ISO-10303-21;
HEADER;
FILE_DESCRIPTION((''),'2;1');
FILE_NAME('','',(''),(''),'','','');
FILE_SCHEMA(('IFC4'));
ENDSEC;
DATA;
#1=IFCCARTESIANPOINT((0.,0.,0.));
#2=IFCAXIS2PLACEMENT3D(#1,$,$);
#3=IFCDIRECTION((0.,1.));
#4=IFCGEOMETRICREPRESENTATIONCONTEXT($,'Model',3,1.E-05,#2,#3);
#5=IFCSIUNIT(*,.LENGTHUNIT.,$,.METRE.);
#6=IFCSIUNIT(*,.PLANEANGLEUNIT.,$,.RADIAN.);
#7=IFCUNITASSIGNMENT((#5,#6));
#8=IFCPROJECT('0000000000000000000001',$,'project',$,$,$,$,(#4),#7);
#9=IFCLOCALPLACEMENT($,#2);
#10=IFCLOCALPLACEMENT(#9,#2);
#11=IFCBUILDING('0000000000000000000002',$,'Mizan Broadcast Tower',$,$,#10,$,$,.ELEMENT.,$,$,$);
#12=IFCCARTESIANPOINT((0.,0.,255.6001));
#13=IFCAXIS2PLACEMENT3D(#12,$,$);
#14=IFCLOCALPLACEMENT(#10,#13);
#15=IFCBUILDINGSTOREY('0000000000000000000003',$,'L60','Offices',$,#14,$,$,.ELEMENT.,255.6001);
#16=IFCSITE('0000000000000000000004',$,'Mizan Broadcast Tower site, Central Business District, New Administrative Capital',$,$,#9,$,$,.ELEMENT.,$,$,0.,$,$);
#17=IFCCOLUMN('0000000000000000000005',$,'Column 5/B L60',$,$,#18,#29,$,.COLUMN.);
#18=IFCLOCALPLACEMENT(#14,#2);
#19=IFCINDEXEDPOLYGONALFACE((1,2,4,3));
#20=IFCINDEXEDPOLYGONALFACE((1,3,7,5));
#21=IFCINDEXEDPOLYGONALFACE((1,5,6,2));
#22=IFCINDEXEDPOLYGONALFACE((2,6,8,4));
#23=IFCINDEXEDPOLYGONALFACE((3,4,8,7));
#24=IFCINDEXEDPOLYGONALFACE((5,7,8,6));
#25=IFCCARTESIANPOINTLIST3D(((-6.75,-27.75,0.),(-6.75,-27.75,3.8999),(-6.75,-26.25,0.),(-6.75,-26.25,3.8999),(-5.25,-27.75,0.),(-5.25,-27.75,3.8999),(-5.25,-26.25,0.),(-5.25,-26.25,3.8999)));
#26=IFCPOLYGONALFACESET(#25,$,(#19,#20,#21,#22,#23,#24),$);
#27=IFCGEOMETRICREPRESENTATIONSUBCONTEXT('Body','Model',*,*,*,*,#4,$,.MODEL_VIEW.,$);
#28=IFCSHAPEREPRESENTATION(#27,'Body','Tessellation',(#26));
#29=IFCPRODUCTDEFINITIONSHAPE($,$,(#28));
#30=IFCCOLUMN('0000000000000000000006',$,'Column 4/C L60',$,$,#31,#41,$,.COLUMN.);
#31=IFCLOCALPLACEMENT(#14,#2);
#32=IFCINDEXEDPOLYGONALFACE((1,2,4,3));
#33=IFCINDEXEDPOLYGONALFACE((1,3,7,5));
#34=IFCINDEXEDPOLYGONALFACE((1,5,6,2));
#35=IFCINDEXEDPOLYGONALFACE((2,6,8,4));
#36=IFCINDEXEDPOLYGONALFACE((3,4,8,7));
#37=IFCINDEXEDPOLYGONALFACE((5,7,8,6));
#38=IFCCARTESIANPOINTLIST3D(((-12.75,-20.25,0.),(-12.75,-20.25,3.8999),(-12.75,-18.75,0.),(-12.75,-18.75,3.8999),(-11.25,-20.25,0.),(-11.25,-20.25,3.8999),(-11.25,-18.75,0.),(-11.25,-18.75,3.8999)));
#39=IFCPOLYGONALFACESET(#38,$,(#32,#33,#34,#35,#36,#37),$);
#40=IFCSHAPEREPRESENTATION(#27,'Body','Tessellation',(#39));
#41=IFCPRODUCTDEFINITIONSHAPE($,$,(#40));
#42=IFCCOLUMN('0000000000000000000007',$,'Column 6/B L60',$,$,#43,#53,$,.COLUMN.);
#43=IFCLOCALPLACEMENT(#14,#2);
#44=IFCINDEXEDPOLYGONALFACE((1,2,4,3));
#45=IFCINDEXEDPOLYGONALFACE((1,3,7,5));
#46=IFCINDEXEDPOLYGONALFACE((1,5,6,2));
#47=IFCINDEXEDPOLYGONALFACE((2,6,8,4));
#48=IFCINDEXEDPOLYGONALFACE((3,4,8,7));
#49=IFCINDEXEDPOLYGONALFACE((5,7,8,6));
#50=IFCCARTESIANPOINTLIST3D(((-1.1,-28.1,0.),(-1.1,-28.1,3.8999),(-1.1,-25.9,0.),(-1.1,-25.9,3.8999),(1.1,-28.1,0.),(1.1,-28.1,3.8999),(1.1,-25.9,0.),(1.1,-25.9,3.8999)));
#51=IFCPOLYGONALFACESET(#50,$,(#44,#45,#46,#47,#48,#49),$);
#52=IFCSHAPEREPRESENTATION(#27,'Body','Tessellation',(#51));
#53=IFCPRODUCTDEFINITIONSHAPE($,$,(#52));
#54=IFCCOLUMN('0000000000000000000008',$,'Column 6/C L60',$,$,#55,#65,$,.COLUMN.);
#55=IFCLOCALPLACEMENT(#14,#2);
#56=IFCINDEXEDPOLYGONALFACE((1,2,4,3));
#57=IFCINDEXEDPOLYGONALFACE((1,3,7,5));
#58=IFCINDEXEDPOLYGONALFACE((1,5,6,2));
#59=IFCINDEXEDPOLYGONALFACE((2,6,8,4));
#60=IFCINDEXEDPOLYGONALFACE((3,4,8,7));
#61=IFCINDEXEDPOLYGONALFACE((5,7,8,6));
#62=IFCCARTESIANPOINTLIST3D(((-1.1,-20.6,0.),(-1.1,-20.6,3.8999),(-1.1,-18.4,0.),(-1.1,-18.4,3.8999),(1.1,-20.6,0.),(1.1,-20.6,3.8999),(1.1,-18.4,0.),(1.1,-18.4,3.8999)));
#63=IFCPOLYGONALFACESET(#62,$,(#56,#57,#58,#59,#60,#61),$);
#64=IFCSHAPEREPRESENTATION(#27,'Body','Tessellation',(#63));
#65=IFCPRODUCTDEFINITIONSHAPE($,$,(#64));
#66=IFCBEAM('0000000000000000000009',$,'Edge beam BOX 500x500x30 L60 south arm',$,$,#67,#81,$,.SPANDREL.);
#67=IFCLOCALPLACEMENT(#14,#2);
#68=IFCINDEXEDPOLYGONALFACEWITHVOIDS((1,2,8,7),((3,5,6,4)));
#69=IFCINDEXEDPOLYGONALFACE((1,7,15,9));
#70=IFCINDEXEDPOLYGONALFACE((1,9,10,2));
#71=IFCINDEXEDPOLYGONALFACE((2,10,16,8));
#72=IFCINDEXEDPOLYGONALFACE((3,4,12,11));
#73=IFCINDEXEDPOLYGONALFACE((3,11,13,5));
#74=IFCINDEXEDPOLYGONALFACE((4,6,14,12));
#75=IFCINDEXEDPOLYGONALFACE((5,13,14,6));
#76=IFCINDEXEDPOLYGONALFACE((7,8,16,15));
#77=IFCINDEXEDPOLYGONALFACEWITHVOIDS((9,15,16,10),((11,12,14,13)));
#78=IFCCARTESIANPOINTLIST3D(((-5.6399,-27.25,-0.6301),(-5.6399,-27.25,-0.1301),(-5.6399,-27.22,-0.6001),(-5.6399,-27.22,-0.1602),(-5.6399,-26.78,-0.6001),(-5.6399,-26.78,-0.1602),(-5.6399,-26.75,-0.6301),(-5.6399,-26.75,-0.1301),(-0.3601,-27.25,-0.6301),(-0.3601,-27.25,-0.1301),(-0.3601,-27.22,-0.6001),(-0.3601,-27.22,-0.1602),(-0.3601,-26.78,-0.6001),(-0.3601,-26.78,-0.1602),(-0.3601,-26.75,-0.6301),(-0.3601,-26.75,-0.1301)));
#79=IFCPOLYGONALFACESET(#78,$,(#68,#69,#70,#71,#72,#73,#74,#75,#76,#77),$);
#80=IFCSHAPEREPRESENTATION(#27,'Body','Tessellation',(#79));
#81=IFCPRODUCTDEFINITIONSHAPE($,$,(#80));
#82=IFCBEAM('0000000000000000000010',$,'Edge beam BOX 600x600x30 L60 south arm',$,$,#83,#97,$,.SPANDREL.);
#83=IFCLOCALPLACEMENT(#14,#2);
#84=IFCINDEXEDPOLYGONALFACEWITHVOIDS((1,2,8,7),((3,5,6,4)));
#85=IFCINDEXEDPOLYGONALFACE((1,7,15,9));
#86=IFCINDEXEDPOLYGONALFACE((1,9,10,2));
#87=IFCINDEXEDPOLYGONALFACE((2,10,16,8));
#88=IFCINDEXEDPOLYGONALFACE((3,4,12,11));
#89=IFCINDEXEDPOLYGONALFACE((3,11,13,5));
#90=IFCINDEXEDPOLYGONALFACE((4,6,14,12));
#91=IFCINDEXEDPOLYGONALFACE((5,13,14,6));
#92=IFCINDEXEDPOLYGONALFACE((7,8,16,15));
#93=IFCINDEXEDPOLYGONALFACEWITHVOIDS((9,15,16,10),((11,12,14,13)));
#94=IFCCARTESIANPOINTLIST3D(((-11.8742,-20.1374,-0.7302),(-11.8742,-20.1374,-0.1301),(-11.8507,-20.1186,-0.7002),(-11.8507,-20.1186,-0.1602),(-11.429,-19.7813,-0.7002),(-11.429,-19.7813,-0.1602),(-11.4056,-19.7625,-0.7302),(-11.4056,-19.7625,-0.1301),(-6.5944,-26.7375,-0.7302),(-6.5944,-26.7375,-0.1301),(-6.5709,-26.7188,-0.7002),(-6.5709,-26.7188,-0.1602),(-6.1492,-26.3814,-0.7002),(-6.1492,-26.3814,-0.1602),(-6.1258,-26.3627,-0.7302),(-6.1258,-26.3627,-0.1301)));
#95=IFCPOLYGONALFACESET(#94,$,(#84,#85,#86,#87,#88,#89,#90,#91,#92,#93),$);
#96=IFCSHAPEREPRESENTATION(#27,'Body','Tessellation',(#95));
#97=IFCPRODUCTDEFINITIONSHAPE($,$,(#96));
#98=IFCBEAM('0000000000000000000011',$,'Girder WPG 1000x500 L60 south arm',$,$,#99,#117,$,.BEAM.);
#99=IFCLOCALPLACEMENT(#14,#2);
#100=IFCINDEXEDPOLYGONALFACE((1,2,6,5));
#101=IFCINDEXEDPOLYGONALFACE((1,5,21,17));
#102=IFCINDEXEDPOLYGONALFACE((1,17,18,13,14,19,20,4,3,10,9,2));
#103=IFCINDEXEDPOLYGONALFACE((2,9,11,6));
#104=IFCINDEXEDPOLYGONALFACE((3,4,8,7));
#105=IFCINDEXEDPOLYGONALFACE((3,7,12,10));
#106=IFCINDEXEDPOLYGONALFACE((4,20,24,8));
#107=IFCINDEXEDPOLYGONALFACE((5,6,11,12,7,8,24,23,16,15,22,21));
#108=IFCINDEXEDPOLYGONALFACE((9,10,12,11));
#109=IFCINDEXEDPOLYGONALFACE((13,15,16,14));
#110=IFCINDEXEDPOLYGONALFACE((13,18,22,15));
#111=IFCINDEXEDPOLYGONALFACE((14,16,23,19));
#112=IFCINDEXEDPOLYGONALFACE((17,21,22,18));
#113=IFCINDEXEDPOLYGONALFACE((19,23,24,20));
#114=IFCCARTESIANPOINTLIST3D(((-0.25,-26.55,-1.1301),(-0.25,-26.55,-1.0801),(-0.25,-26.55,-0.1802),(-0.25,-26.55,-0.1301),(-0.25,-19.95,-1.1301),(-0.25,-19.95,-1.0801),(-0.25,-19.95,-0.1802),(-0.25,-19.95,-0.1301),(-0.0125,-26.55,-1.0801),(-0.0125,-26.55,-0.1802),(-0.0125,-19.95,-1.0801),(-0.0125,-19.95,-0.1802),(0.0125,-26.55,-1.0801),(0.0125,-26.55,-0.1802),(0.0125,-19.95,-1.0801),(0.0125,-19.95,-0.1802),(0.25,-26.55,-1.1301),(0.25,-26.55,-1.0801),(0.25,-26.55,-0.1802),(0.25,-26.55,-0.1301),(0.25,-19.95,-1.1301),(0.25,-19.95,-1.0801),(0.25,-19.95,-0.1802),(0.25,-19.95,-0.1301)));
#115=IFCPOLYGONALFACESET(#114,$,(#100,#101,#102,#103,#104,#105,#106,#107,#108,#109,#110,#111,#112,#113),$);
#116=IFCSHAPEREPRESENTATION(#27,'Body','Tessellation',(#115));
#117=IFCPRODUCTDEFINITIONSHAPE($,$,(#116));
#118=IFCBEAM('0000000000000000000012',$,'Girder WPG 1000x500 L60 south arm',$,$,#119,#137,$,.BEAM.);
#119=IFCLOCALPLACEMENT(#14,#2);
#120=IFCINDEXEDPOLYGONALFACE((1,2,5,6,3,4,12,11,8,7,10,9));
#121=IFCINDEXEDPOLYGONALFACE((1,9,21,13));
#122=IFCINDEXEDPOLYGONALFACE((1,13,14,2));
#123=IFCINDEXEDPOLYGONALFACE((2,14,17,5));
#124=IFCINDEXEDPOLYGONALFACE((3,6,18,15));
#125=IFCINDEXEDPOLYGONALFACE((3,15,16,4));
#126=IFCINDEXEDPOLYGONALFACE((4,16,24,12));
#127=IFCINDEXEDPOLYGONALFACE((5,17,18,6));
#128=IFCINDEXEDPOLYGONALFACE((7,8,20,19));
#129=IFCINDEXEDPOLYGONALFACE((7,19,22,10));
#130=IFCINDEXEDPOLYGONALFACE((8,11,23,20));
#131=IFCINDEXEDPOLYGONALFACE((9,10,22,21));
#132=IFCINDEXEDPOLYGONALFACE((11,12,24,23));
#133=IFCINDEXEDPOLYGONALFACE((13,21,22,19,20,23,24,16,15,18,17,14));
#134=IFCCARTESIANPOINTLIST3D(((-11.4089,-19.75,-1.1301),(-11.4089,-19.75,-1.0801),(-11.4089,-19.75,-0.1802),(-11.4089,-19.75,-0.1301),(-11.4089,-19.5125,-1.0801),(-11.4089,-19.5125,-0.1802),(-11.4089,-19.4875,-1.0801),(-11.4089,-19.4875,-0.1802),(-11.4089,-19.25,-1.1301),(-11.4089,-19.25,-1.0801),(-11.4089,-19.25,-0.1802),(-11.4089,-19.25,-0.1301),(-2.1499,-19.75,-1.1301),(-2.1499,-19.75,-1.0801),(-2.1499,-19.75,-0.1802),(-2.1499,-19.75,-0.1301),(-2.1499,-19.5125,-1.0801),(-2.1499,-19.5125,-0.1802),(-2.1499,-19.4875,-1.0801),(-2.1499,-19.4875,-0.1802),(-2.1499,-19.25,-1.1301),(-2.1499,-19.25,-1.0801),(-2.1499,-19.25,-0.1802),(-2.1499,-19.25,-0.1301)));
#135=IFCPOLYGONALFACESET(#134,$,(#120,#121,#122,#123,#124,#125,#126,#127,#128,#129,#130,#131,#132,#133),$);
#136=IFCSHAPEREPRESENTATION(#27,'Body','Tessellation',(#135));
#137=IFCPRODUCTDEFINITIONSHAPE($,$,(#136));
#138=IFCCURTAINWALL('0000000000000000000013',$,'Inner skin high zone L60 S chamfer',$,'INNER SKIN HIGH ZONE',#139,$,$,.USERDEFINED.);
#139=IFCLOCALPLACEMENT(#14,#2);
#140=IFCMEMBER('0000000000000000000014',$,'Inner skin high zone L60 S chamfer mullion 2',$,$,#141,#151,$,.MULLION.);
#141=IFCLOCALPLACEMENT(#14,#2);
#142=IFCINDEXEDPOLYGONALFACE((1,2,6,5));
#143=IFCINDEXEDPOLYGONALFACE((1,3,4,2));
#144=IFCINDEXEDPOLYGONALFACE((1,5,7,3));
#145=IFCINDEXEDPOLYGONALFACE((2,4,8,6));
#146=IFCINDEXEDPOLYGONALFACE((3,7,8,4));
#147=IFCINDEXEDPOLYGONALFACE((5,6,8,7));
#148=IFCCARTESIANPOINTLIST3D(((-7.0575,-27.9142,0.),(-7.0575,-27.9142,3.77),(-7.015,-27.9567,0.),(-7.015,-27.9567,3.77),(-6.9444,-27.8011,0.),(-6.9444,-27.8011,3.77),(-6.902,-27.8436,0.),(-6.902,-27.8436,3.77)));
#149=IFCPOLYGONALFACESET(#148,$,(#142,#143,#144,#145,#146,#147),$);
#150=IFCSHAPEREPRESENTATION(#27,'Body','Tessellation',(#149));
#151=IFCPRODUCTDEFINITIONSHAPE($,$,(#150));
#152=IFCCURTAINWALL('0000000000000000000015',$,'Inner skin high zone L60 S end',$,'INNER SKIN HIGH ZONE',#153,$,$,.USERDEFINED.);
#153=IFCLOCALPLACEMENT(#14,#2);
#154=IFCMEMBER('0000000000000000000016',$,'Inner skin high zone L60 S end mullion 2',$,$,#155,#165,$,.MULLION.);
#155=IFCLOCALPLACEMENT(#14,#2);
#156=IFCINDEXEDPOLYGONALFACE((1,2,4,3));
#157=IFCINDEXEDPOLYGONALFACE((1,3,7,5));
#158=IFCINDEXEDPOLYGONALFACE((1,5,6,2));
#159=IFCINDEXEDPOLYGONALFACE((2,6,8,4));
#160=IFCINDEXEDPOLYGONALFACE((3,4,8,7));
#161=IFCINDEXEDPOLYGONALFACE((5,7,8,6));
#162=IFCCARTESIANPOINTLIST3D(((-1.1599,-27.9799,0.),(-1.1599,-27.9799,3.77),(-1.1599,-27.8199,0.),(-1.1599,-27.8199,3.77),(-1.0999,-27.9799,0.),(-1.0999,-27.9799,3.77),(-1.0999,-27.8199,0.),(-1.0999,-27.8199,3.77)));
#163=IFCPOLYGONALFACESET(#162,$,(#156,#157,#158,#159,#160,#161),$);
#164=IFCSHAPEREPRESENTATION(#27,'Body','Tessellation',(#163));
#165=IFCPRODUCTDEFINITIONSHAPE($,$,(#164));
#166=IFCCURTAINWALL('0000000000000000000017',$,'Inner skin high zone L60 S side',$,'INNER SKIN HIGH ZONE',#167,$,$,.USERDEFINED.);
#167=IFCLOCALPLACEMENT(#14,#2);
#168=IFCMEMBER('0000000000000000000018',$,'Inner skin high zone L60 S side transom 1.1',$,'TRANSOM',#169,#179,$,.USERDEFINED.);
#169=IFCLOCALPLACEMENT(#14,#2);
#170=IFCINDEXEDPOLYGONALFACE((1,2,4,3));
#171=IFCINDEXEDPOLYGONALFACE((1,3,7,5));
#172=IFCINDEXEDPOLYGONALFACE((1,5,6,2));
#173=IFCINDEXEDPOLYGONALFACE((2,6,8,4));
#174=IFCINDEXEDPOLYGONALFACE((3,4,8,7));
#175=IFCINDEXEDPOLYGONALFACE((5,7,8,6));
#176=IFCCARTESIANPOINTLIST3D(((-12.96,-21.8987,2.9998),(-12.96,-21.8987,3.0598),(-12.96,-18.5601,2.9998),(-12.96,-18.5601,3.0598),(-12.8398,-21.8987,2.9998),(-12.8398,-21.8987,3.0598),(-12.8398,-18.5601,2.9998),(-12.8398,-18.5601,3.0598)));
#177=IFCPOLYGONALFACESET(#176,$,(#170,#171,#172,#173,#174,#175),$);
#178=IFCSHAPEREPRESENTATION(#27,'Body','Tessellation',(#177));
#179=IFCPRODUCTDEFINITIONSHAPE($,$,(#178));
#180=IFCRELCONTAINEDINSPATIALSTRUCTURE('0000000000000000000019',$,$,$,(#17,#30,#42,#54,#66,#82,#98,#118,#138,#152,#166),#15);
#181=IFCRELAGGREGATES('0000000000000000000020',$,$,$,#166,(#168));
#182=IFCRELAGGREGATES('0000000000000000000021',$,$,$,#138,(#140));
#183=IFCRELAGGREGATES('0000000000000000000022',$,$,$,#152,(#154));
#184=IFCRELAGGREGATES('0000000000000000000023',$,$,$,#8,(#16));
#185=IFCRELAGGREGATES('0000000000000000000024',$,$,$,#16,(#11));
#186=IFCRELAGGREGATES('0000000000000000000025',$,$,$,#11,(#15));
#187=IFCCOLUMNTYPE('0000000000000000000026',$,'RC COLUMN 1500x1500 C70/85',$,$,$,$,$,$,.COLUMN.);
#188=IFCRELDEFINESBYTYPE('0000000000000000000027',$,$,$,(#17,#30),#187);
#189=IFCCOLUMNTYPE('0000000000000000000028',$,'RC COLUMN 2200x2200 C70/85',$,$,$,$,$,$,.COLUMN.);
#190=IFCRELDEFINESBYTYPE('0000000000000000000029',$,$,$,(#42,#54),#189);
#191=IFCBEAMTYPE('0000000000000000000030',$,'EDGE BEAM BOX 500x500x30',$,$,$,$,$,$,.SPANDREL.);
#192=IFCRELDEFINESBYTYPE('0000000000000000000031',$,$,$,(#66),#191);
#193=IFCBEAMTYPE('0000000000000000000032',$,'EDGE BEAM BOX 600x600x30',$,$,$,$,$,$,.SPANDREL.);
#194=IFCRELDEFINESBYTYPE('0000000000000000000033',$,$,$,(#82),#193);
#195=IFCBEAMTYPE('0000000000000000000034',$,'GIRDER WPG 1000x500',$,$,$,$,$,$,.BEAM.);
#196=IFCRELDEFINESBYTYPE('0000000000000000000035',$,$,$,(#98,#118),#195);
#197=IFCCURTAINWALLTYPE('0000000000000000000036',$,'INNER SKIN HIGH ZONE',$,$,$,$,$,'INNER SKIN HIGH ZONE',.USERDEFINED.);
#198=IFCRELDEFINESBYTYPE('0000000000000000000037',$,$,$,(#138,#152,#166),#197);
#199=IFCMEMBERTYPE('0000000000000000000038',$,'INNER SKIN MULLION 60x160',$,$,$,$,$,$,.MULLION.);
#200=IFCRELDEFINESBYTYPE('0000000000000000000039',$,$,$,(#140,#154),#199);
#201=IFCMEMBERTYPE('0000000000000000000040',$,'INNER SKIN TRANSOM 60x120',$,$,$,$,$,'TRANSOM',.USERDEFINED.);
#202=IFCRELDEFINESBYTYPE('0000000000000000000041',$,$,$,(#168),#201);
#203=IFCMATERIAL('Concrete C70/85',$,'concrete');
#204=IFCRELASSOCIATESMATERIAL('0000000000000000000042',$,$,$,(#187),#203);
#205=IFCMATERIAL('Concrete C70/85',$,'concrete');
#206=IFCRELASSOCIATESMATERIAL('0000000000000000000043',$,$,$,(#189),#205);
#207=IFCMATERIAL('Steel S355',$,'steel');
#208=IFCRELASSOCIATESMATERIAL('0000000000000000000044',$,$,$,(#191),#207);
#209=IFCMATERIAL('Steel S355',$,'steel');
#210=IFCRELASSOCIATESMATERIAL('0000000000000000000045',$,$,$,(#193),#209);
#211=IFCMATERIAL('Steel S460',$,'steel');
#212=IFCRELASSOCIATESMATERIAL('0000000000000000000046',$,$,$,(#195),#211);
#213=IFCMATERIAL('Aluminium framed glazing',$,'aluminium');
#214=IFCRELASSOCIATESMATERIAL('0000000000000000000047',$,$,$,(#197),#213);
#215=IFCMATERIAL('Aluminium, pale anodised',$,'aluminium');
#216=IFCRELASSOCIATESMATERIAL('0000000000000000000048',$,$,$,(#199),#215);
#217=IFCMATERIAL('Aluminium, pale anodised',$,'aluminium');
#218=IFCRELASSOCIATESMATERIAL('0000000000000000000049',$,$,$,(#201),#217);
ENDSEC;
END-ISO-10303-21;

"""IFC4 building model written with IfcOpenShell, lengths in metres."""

from ifc_helpers import new_model, si_unit, direction, frame, origin, origin_2d, place, context, subcontext, project, spatial, rectangle, hollow_rectangle, i_section, extrude, material, material_profile, profile_set, type_object, element, aggregate, save


model = new_model("IFC4")

# Units and contexts
model_context = context("Model", 3, precision=1e-05, world=origin(), true_north=direction((0.0, 1.0)))
body_context = subcontext(model_context, "Body", "Model", "MODEL_VIEW")
ifc_project = project(units=[si_unit("LENGTHUNIT", "METRE"), si_unit("PLANEANGLEUNIT", "RADIAN")], contexts=[model_context])

# Site, building, storey
site_placement = place(None, origin())
site = spatial("IfcSite", under=ifc_project, at=site_placement, Name="Mizan Broadcast Tower site, Central Business District, New Administrative Capital", CompositionType="ELEMENT", RefElevation=0.0)
building_placement = place(site_placement, origin())
building = spatial("IfcBuilding", under=site, at=building_placement, Name="Mizan Broadcast Tower", CompositionType="ELEMENT")
storey_placement = place(building_placement, frame((0.0, 0.0, 255.6001)))
storey = spatial("IfcBuildingStorey", under=building, at=storey_placement, Name="L60", Description="Offices", CompositionType="ELEMENT", Elevation=255.6001)

# Columns
ifc_material_1 = material(Name="Concrete C70/85", Category="concrete")
ifc_material_profile_1 = material_profile(ifc_material_1, rectangle(XDim=1.5, YDim=1.5, at=origin_2d()), Name="RC 1500x1500")
ifc_profile_set_1 = profile_set([ifc_material_profile_1], Name="Concrete C70/85")
column_type_1 = type_object("IfcColumnType", Name="RC COLUMN 1500x1500 C70/85", PredefinedType="COLUMN", material=ifc_profile_set_1)
for number, where, z_axis, x_axis, name in (
    (1, (-6.0, -27.0, 0.0), (0.0, 0.0, 1.0), (1.0, 0.0, 0.0), "Column 5/B L60"),
    (2, (-12.0, -19.5, 0.0), (0.0, 0.0, 1.0), (1.0, 0.0, 0.0), "Column 4/C L60"),
):
    element("IfcColumn", number, at=place(storey_placement, frame(where, z_axis=z_axis, x_axis=x_axis)), inside=storey, type_object=column_type_1, Name=name, PredefinedType="COLUMN", context=body_context, shape_type="SweptSolid", body=[
        extrude(rectangle(XDim=1.5, YDim=1.5, at=origin_2d()), origin(), (0.0, 0.0, 1.0), 3.8999),
    ])
ifc_material_2 = material(Name="Concrete C70/85", Category="concrete")
ifc_material_profile_2 = material_profile(ifc_material_2, rectangle(XDim=2.2, YDim=2.2, at=origin_2d()), Name="RC 2200x2200")
ifc_profile_set_2 = profile_set([ifc_material_profile_2], Name="Concrete C70/85")
column_type_2 = type_object("IfcColumnType", Name="RC COLUMN 2200x2200 C70/85", PredefinedType="COLUMN", material=ifc_profile_set_2)
for number, where, z_axis, x_axis, name in (
    (3, (0.0, -27.0, 0.0), (0.0, 0.0, 1.0), (1.0, 0.0, 0.0), "Column 6/B L60"),
    (4, (0.0, -19.5, 0.0), (0.0, 0.0, 1.0), (1.0, 0.0, 0.0), "Column 6/C L60"),
):
    element("IfcColumn", number, at=place(storey_placement, frame(where, z_axis=z_axis, x_axis=x_axis)), inside=storey, type_object=column_type_2, Name=name, PredefinedType="COLUMN", context=body_context, shape_type="SweptSolid", body=[
        extrude(rectangle(XDim=2.2, YDim=2.2, at=origin_2d()), origin(), (0.0, 0.0, 1.0), 3.8999),
    ])

# Beams
ifc_material_3 = material(Name="Steel S355", Category="steel")
ifc_material_profile_3 = material_profile(ifc_material_3, hollow_rectangle(XDim=0.5, YDim=0.5, WallThickness=0.03, at=origin_2d()), Name="BOX 500x500x30")
ifc_profile_set_3 = profile_set([ifc_material_profile_3], Name="Steel S355")
beam_type_1 = type_object("IfcBeamType", Name="EDGE BEAM BOX 500x500x30", PredefinedType="SPANDREL", material=ifc_profile_set_3)
beam_1_placement = place(storey_placement, frame((-5.6399, -27.0, -0.3801), z_axis=(1.0, 0.0, 0.0), x_axis=(0.0, 1.0, 0.0)))
element("IfcBeam", 5, at=beam_1_placement, inside=storey, type_object=beam_type_1, Name="Edge beam BOX 500x500x30 L60 south arm", PredefinedType="SPANDREL", context=body_context, shape_type="SweptSolid", body=[
    extrude(hollow_rectangle(XDim=0.5, YDim=0.5, WallThickness=0.03, at=origin_2d()), origin(), (0.0, 0.0, 1.0), 5.2798),
])
ifc_material_4 = material(Name="Steel S355", Category="steel")
ifc_material_profile_4 = material_profile(ifc_material_4, hollow_rectangle(XDim=0.6001, YDim=0.6001, WallThickness=0.03, at=origin_2d()), Name="BOX 600x600x30")
ifc_profile_set_4 = profile_set([ifc_material_profile_4], Name="Steel S355")
beam_type_2 = type_object("IfcBeamType", Name="EDGE BEAM BOX 600x600x30", PredefinedType="SPANDREL", material=ifc_profile_set_4)
beam_2_placement = place(storey_placement, frame((-11.6399, -19.95, -0.4302), z_axis=(0.624674, -0.780886, 0.0), x_axis=(0.780886, 0.624674, 0.0)))
element("IfcBeam", 6, at=beam_2_placement, inside=storey, type_object=beam_type_2, Name="Edge beam BOX 600x600x30 L60 south arm", PredefinedType="SPANDREL", context=body_context, shape_type="SweptSolid", body=[
    extrude(hollow_rectangle(XDim=0.6001, YDim=0.6001, WallThickness=0.03, at=origin_2d()), origin(), (0.0, 0.0, 1.0), 8.4521),
])
ifc_material_5 = material(Name="Steel S460", Category="steel")
ifc_material_profile_5 = material_profile(ifc_material_5, i_section(OverallWidth=0.5, OverallDepth=1.0, WebThickness=0.0249, FlangeThickness=0.05, at=origin_2d()), Name="WPG 1000x500")
ifc_profile_set_5 = profile_set([ifc_material_profile_5], Name="Steel S460")
beam_type_3 = type_object("IfcBeamType", Name="GIRDER WPG 1000x500", PredefinedType="BEAM", material=ifc_profile_set_5)
beam_3_placement = place(storey_placement, frame((0.0, -19.95, -0.6301), z_axis=(0.0, -1.0, 0.0), x_axis=(1.0, 0.0, 0.0)))
element("IfcBeam", 7, at=beam_3_placement, inside=storey, type_object=beam_type_3, Name="Girder WPG 1000x500 L60 south arm", PredefinedType="BEAM", context=body_context, shape_type="SweptSolid", body=[
    extrude(i_section(OverallWidth=0.5, OverallDepth=1.0, WebThickness=0.0249, FlangeThickness=0.05, at=origin_2d()), origin(), (0.0, 0.0, 1.0), 6.6001),
])
beam_4_placement = place(storey_placement, frame((-11.4089, -19.5, -0.6301), z_axis=(1.0, 0.0, 0.0), x_axis=(0.0, 1.0, 0.0)))
element("IfcBeam", 8, at=beam_4_placement, inside=storey, type_object=beam_type_3, Name="Girder WPG 1000x500 L60 south arm", PredefinedType="BEAM", context=body_context, shape_type="SweptSolid", body=[
    extrude(i_section(OverallWidth=0.5, OverallDepth=1.0, WebThickness=0.0249, FlangeThickness=0.05, at=origin_2d()), origin(), (0.0, 0.0, 1.0), 9.259),
])

# Curtain walls, members
ifc_material_6 = material(Name="Aluminium framed glazing", Category="aluminium")
curtain_wall_type_1 = type_object("IfcCurtainWallType", Name="INNER SKIN HIGH ZONE", ElementType="INNER SKIN HIGH ZONE", PredefinedType="USERDEFINED", material=ifc_material_6)
curtain_wall_1_placement = place(storey_placement, origin())
curtain_wall_1 = element("IfcCurtainWall", 9, at=curtain_wall_1_placement, inside=storey, type_object=curtain_wall_type_1, Name="Inner skin high zone L60 S chamfer", ObjectType="INNER SKIN HIGH ZONE", PredefinedType="USERDEFINED")
ifc_material_7 = material(Name="Aluminium, pale anodised", Category="aluminium")
ifc_material_profile_6 = material_profile(ifc_material_7, rectangle(XDim=0.1599, YDim=0.0601, at=origin_2d()), Name="MULLION 160x60")
ifc_profile_set_6 = profile_set([ifc_material_profile_6], Name="Aluminium, pale anodised")
member_type_1 = type_object("IfcMemberType", Name="INNER SKIN MULLION 60x160", PredefinedType="MULLION", material=ifc_profile_set_6)
member_1_placement = place(storey_placement, frame((-6.9797, -27.8789, 0.0), z_axis=(0.0, 0.0, 1.0), x_axis=(0.707107, 0.707107, 0.0)))
member_1 = element("IfcMember", 10, at=member_1_placement, type_object=member_type_1, Name="Inner skin high zone L60 S chamfer mullion 2", PredefinedType="MULLION", context=body_context, shape_type="SweptSolid", body=[
    extrude(rectangle(XDim=0.1599, YDim=0.0601, at=origin_2d()), origin(), (0.0, 0.0, 1.0), 3.77),
])
curtain_wall_2_placement = place(storey_placement, origin())
curtain_wall_2 = element("IfcCurtainWall", 11, at=curtain_wall_2_placement, inside=storey, type_object=curtain_wall_type_1, Name="Inner skin high zone L60 S end", ObjectType="INNER SKIN HIGH ZONE", PredefinedType="USERDEFINED")
member_2_placement = place(storey_placement, frame((-1.1299, -27.8999, 0.0), z_axis=(0.0, 0.0, 1.0), x_axis=(0.0, 1.0, 0.0)))
member_2 = element("IfcMember", 12, at=member_2_placement, type_object=member_type_1, Name="Inner skin high zone L60 S end mullion 2", PredefinedType="MULLION", context=body_context, shape_type="SweptSolid", body=[
    extrude(rectangle(XDim=0.1599, YDim=0.0601, at=origin_2d()), origin(), (0.0, 0.0, 1.0), 3.77),
])
curtain_wall_3_placement = place(storey_placement, origin())
curtain_wall_3 = element("IfcCurtainWall", 13, at=curtain_wall_3_placement, inside=storey, type_object=curtain_wall_type_1, Name="Inner skin high zone L60 S side", ObjectType="INNER SKIN HIGH ZONE", PredefinedType="USERDEFINED")
ifc_material_8 = material(Name="Aluminium, pale anodised", Category="aluminium")
ifc_material_profile_7 = material_profile(ifc_material_8, rectangle(XDim=0.1201, YDim=0.0601, at=origin_2d()), Name="TRANSOM 120x60")
ifc_profile_set_7 = profile_set([ifc_material_profile_7], Name="Aluminium, pale anodised")
member_type_2 = type_object("IfcMemberType", Name="INNER SKIN TRANSOM 60x120", ElementType="TRANSOM", PredefinedType="USERDEFINED", material=ifc_profile_set_7)
member_3_placement = place(storey_placement, frame((-12.8999, -18.5601, 3.0298), z_axis=(0.0, -1.0, 0.0), x_axis=(1.0, 0.0, 0.0)))
member_3 = element("IfcMember", 14, at=member_3_placement, type_object=member_type_2, Name="Inner skin high zone L60 S side transom 1.1", ObjectType="TRANSOM", PredefinedType="USERDEFINED", context=body_context, shape_type="SweptSolid", body=[
    extrude(rectangle(XDim=0.1201, YDim=0.0601, at=origin_2d()), origin(), (0.0, 0.0, 1.0), 3.3386),
])
aggregate(curtain_wall_3, [member_3])

aggregate(curtain_wall_1, [member_1])
aggregate(curtain_wall_2, [member_2])

save(model, "model.ifc")
